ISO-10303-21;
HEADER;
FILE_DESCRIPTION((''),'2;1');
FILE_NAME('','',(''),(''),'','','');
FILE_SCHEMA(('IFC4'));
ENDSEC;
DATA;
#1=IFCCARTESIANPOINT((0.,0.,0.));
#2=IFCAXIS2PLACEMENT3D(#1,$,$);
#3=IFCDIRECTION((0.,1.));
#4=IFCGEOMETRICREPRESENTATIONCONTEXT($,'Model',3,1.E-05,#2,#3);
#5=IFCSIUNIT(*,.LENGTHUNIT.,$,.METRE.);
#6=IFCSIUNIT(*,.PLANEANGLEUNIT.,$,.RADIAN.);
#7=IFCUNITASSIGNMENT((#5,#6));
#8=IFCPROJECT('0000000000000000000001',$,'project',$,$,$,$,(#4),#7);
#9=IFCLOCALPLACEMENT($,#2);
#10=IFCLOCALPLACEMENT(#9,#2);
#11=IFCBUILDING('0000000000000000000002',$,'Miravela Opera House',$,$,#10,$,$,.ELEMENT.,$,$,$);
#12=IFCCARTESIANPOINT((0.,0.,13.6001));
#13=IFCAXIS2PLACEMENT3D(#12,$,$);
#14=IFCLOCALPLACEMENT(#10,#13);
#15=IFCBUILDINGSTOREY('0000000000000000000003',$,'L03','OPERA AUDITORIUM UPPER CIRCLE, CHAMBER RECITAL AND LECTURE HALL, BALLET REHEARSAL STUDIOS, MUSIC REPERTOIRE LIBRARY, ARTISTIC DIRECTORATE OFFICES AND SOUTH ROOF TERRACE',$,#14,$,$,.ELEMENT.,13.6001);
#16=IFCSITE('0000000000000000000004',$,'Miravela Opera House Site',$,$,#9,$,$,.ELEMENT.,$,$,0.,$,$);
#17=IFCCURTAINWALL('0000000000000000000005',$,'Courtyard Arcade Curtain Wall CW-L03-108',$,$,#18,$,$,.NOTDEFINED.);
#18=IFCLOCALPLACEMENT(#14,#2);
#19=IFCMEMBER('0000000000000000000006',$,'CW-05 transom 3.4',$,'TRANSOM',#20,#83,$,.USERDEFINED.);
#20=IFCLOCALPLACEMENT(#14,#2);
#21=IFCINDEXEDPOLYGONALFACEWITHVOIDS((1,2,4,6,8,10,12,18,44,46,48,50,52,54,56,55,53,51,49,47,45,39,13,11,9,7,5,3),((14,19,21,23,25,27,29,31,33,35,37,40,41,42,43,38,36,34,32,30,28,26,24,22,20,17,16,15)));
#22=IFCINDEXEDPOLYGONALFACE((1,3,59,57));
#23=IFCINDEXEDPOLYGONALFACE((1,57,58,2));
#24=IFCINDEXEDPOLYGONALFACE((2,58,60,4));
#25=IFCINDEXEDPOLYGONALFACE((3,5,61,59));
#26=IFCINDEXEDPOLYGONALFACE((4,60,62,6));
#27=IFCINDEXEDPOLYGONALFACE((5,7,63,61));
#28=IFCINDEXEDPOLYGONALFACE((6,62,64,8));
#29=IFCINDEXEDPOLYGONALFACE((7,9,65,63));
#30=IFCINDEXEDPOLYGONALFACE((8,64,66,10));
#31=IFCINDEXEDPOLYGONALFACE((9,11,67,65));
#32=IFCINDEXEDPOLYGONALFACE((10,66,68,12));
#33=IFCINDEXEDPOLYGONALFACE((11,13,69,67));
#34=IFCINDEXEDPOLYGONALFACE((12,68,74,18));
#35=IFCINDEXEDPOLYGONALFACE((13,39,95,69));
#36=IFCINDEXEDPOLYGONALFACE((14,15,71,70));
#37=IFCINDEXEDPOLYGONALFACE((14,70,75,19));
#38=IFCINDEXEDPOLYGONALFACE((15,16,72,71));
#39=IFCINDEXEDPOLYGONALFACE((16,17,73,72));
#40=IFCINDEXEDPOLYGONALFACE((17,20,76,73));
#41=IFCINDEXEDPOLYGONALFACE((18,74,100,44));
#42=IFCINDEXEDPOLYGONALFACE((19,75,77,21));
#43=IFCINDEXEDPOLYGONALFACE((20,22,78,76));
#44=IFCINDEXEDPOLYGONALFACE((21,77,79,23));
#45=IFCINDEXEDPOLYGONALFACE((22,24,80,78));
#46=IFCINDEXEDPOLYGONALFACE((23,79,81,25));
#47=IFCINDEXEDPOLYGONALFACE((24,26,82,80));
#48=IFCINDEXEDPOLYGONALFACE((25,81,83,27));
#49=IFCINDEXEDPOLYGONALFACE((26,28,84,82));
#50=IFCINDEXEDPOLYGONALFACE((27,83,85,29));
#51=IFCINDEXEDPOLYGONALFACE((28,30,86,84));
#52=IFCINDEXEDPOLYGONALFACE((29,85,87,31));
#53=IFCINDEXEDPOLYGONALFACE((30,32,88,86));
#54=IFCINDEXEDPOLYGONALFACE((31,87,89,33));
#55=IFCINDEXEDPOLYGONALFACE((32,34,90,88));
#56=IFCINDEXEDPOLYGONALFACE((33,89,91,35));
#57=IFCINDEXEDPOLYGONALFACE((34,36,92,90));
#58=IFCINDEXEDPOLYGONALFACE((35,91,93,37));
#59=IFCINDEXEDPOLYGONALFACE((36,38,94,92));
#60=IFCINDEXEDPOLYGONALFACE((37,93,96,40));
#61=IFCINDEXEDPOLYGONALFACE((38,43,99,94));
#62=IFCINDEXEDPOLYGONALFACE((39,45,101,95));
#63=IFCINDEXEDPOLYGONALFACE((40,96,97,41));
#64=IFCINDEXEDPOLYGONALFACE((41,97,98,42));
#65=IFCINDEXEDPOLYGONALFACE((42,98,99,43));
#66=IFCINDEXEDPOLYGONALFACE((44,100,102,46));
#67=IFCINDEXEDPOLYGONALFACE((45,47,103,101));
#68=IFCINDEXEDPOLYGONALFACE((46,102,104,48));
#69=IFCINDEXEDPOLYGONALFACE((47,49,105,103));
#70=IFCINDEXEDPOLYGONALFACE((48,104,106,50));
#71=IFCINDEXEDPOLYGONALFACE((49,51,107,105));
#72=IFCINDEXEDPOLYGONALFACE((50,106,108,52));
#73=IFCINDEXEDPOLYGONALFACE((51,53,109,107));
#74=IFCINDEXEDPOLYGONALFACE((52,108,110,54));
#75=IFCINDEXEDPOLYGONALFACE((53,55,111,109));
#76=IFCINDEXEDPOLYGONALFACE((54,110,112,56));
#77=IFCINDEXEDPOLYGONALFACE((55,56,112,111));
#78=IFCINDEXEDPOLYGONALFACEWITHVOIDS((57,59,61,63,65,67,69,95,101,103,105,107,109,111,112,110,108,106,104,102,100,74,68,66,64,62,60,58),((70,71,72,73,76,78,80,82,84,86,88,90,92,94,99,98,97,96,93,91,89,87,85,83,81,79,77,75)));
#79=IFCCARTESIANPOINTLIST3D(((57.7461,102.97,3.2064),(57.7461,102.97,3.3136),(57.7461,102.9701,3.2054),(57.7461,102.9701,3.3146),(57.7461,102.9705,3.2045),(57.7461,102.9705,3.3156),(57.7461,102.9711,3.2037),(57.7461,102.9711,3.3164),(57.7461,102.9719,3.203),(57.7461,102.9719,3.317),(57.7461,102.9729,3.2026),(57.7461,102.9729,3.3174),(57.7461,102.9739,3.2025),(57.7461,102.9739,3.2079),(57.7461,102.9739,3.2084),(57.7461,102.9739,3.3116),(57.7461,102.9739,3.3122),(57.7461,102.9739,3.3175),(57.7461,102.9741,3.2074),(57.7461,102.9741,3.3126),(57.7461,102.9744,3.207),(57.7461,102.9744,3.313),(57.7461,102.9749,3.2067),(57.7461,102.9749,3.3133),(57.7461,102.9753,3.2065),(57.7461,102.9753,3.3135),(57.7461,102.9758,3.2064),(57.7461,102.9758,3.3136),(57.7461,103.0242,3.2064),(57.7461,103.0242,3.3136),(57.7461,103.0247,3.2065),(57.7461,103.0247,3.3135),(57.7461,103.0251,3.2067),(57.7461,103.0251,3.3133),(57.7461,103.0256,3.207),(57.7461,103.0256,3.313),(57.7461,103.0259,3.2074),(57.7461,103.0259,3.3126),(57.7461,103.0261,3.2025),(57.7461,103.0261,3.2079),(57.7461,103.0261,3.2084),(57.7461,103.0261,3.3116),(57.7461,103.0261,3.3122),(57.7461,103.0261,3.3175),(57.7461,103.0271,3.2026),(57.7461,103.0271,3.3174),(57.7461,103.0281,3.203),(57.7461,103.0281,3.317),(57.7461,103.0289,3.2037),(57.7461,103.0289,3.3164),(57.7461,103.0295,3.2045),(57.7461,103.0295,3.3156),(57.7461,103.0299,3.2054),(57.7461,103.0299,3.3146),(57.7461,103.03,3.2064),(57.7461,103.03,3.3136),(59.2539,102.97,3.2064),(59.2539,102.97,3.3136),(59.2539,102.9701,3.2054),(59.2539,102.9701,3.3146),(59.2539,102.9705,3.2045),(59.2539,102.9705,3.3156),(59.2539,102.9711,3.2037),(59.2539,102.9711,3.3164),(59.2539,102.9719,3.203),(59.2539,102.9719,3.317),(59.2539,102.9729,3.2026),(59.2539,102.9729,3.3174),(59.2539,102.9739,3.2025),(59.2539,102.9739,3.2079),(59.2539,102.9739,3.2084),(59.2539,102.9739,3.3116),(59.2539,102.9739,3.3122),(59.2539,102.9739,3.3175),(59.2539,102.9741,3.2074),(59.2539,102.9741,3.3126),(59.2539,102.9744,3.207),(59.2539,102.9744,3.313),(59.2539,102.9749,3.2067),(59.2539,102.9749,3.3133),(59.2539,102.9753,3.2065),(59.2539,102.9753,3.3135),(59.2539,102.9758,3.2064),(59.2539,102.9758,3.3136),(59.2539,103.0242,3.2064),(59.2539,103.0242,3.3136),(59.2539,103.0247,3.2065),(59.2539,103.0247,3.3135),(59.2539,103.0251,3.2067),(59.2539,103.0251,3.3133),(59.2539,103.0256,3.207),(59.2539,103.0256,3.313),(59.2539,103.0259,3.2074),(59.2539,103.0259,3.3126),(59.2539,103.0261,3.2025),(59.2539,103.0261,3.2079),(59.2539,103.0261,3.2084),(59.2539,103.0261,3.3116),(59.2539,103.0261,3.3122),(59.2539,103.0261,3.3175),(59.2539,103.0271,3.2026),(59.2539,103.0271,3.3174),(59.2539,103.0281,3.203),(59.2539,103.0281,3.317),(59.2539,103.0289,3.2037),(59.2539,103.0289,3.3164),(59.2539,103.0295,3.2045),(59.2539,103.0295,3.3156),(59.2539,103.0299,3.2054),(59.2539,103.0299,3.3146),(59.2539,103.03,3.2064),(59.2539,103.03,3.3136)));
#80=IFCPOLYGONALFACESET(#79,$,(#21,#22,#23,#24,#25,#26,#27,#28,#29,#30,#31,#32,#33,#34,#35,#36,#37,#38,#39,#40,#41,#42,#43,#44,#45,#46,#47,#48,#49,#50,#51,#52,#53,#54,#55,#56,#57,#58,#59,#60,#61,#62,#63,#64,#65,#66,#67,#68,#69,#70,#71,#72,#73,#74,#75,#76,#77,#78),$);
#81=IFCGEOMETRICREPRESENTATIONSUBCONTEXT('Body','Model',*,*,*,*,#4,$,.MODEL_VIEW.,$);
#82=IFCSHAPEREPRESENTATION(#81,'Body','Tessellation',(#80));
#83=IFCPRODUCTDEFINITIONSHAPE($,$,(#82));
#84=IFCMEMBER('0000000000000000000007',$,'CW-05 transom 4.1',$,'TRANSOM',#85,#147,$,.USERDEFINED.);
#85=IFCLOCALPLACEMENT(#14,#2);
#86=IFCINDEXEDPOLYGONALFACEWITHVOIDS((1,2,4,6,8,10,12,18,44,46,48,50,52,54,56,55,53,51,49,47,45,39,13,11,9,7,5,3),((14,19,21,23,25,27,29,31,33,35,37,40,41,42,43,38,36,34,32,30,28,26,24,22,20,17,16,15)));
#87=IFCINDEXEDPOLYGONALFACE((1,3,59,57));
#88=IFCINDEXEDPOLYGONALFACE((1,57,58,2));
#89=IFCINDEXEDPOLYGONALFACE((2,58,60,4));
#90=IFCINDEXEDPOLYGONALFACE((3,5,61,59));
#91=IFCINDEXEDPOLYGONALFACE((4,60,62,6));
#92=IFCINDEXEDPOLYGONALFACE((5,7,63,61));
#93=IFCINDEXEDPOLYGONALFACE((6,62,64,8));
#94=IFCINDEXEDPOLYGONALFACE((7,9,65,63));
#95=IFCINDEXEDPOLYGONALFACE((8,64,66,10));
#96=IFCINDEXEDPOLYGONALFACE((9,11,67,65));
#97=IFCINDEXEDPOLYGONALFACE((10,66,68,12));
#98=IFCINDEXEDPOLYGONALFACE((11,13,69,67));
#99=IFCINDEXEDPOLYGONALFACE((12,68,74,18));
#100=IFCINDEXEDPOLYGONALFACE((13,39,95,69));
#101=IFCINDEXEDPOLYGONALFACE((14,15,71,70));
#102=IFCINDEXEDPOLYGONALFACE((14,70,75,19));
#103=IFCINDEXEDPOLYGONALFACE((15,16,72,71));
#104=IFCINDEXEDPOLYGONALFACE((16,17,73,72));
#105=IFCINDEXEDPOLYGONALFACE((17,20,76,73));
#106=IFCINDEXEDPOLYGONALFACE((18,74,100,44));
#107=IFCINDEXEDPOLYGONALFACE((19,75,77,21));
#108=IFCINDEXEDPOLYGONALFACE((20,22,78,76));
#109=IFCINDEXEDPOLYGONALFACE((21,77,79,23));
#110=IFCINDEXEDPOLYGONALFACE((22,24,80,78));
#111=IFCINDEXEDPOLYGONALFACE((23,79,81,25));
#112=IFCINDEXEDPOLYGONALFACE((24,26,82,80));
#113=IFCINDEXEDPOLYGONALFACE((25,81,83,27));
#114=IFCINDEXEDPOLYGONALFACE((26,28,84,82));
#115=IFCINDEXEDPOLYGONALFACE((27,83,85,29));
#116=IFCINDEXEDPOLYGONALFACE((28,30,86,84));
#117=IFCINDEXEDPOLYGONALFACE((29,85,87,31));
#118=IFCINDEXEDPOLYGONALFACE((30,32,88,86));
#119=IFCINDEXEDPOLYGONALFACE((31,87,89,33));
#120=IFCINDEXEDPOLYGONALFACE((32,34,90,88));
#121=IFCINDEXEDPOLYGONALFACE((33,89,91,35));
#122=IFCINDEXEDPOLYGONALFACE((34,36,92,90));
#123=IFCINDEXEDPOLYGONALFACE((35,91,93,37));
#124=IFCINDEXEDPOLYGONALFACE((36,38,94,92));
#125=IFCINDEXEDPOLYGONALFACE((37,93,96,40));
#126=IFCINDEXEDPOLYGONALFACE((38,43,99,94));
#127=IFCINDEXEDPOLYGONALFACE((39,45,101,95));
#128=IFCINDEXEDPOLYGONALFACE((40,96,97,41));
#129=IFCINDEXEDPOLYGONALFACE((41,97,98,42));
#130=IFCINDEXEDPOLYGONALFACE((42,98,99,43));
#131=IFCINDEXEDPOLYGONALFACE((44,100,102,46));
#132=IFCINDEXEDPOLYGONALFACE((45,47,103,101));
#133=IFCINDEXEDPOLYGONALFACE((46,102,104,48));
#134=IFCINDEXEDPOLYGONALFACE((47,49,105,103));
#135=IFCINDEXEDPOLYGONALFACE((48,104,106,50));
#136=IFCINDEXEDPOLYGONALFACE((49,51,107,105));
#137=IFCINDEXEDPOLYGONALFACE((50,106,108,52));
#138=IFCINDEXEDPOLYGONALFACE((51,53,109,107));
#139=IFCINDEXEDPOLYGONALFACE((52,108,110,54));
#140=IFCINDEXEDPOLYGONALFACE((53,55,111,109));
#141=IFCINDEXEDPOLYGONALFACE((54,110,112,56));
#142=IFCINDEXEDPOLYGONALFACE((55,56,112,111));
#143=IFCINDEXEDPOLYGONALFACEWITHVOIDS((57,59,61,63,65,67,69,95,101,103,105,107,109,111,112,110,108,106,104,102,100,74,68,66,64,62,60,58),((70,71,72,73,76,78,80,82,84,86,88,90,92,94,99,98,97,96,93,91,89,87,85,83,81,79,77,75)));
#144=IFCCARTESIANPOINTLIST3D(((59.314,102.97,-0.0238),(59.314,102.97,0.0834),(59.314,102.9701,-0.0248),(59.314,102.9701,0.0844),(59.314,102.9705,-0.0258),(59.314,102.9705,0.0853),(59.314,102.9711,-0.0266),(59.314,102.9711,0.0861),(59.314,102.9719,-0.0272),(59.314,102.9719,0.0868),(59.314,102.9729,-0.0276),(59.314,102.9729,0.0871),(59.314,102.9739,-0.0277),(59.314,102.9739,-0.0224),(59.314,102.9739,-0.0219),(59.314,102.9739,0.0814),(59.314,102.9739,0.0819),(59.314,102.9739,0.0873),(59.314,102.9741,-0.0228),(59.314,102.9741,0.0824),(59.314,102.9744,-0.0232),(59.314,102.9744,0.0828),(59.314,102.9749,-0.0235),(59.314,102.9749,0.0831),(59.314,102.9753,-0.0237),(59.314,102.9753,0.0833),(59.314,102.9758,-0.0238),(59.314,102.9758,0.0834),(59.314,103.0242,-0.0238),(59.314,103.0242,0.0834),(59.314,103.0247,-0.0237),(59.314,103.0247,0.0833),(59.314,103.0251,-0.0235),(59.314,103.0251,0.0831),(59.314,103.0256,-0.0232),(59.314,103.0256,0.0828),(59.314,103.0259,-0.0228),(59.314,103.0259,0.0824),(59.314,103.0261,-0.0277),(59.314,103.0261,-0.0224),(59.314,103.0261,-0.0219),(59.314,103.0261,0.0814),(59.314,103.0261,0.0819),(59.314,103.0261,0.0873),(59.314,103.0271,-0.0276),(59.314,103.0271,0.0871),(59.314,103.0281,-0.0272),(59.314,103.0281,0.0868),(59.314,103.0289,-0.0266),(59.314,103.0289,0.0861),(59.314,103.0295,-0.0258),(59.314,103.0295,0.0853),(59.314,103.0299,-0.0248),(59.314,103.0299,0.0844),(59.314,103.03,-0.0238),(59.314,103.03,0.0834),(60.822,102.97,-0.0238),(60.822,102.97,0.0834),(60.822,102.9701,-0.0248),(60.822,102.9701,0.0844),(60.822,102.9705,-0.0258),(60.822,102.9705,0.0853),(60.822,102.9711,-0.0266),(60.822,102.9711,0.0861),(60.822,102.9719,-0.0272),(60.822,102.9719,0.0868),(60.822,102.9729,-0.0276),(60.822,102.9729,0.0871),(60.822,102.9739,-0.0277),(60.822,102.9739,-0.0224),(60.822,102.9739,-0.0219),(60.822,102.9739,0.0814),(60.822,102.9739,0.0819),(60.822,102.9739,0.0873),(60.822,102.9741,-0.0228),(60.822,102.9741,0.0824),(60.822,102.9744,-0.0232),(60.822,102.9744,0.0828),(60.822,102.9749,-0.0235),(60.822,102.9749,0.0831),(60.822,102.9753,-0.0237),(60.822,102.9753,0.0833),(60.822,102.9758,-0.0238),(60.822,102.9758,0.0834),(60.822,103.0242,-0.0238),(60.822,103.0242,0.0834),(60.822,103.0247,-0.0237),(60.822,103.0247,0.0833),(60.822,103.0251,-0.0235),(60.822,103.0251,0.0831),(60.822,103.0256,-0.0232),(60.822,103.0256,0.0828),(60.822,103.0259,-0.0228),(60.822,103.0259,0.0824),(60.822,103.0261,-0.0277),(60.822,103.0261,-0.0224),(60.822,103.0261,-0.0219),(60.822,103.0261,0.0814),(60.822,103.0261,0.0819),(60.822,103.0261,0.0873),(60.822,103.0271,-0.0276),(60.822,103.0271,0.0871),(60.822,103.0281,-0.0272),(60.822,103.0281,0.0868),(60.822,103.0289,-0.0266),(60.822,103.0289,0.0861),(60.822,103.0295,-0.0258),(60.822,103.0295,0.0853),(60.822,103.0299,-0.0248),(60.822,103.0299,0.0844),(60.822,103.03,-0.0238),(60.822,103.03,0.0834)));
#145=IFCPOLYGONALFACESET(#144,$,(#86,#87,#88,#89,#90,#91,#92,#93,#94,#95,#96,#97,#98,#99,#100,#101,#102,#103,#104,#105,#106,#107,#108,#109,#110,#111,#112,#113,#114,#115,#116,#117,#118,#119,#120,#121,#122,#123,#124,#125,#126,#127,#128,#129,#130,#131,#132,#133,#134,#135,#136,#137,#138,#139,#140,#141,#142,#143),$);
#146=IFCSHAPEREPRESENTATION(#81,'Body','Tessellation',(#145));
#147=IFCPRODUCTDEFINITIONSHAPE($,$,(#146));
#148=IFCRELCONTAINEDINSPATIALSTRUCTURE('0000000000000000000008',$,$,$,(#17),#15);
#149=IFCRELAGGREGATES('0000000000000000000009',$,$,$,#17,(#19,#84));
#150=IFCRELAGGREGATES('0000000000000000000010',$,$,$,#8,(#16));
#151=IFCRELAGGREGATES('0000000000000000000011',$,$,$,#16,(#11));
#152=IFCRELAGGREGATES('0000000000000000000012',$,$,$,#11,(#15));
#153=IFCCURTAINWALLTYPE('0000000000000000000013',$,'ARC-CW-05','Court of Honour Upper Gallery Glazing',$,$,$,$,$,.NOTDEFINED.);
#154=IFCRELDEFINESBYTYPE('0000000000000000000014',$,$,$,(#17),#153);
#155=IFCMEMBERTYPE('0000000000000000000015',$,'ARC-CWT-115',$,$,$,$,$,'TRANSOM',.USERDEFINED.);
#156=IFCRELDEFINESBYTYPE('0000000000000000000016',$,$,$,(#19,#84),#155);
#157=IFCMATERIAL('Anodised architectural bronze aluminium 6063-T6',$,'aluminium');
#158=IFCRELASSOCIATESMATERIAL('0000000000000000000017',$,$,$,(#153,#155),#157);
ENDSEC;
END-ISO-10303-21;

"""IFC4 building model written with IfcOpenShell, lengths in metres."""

from ifc_helpers import new_model, si_unit, direction, frame, origin, origin_2d, place, context, subcontext, project, spatial, hollow_rectangle, extrude, material, material_profile, profile_set, type_object, element, aggregate, save


model = new_model("IFC4")

# Units and contexts
model_context = context("Model", 3, precision=1e-05, world=origin(), true_north=direction((0.0, 1.0)))
body_context = subcontext(model_context, "Body", "Model", "MODEL_VIEW")
ifc_project = project(units=[si_unit("LENGTHUNIT", "METRE"), si_unit("PLANEANGLEUNIT", "RADIAN")], contexts=[model_context])

# Site, building, storey
site_placement = place(None, origin())
site = spatial("IfcSite", under=ifc_project, at=site_placement, Name="Miravela Opera House Site", CompositionType="ELEMENT", RefElevation=0.0)
building_placement = place(site_placement, origin())
building = spatial("IfcBuilding", under=site, at=building_placement, Name="Miravela Opera House", CompositionType="ELEMENT")
storey_placement = place(building_placement, frame((0.0, 0.0, 13.6001)))
storey = spatial("IfcBuildingStorey", under=building, at=storey_placement, Name="L03", Description="OPERA AUDITORIUM UPPER CIRCLE, CHAMBER RECITAL AND LECTURE HALL, BALLET REHEARSAL STUDIOS, MUSIC REPERTOIRE LIBRARY, ARTISTIC DIRECTORATE OFFICES AND SOUTH ROOF TERRACE", CompositionType="ELEMENT", Elevation=13.6001)

# Curtain wall, members
ifc_material_1 = material(Name="Anodised architectural bronze aluminium 6063-T6", Category="aluminium")
curtain_wall_type = type_object("IfcCurtainWallType", Name="ARC-CW-05", Description="Court of Honour Upper Gallery Glazing", PredefinedType="NOTDEFINED", material=ifc_material_1)
curtain_wall_placement = place(storey_placement, origin())
curtain_wall = element("IfcCurtainWall", 1, at=curtain_wall_placement, inside=storey, type_object=curtain_wall_type, Name="Courtyard Arcade Curtain Wall CW-L03-108", PredefinedType="NOTDEFINED")
ifc_material_profile_1 = material_profile(ifc_material_1, hollow_rectangle(XDim=0.0601, YDim=0.115, WallThickness=0.0039, InnerFilletRadius=0.002, OuterFilletRadius=0.0039, at=origin_2d()), Name="CWT-60X115")
ifc_profile_set_1 = profile_set([ifc_material_profile_1])
member_type_1 = type_object("IfcMemberType", Name="ARC-CWT-115", ElementType="TRANSOM", PredefinedType="USERDEFINED", material=ifc_profile_set_1)
member_1_placement = place(storey_placement, frame((57.7461, 103.0, 3.26), z_axis=(1.0, 0.0, 0.0), x_axis=(0.0, 1.0, 0.0)))
member_1 = element("IfcMember", 2, at=member_1_placement, type_object=member_type_1, Name="CW-05 transom 3.4", ObjectType="TRANSOM", PredefinedType="USERDEFINED", context=body_context, shape_type="SweptSolid", body=[
    extrude(hollow_rectangle(XDim=0.0601, YDim=0.115, WallThickness=0.0039, InnerFilletRadius=0.002, OuterFilletRadius=0.0039, at=origin_2d()), origin(), (0.0, 0.0, 1.0), 1.5078),
])
member_2_placement = place(storey_placement, frame((59.314, 103.0, 0.0298), z_axis=(1.0, 0.0, 0.0), x_axis=(0.0, 1.0, 0.0)))
member_2 = element("IfcMember", 3, at=member_2_placement, type_object=member_type_1, Name="CW-05 transom 4.1", ObjectType="TRANSOM", PredefinedType="USERDEFINED", context=body_context, shape_type="SweptSolid", body=[
    extrude(hollow_rectangle(XDim=0.0601, YDim=0.115, WallThickness=0.0039, InnerFilletRadius=0.002, OuterFilletRadius=0.0039, at=origin_2d()), origin(), (0.0, 0.0, 1.0), 1.5081),
])
aggregate(curtain_wall, [member_1, member_2])

save(model, "model.ifc")
